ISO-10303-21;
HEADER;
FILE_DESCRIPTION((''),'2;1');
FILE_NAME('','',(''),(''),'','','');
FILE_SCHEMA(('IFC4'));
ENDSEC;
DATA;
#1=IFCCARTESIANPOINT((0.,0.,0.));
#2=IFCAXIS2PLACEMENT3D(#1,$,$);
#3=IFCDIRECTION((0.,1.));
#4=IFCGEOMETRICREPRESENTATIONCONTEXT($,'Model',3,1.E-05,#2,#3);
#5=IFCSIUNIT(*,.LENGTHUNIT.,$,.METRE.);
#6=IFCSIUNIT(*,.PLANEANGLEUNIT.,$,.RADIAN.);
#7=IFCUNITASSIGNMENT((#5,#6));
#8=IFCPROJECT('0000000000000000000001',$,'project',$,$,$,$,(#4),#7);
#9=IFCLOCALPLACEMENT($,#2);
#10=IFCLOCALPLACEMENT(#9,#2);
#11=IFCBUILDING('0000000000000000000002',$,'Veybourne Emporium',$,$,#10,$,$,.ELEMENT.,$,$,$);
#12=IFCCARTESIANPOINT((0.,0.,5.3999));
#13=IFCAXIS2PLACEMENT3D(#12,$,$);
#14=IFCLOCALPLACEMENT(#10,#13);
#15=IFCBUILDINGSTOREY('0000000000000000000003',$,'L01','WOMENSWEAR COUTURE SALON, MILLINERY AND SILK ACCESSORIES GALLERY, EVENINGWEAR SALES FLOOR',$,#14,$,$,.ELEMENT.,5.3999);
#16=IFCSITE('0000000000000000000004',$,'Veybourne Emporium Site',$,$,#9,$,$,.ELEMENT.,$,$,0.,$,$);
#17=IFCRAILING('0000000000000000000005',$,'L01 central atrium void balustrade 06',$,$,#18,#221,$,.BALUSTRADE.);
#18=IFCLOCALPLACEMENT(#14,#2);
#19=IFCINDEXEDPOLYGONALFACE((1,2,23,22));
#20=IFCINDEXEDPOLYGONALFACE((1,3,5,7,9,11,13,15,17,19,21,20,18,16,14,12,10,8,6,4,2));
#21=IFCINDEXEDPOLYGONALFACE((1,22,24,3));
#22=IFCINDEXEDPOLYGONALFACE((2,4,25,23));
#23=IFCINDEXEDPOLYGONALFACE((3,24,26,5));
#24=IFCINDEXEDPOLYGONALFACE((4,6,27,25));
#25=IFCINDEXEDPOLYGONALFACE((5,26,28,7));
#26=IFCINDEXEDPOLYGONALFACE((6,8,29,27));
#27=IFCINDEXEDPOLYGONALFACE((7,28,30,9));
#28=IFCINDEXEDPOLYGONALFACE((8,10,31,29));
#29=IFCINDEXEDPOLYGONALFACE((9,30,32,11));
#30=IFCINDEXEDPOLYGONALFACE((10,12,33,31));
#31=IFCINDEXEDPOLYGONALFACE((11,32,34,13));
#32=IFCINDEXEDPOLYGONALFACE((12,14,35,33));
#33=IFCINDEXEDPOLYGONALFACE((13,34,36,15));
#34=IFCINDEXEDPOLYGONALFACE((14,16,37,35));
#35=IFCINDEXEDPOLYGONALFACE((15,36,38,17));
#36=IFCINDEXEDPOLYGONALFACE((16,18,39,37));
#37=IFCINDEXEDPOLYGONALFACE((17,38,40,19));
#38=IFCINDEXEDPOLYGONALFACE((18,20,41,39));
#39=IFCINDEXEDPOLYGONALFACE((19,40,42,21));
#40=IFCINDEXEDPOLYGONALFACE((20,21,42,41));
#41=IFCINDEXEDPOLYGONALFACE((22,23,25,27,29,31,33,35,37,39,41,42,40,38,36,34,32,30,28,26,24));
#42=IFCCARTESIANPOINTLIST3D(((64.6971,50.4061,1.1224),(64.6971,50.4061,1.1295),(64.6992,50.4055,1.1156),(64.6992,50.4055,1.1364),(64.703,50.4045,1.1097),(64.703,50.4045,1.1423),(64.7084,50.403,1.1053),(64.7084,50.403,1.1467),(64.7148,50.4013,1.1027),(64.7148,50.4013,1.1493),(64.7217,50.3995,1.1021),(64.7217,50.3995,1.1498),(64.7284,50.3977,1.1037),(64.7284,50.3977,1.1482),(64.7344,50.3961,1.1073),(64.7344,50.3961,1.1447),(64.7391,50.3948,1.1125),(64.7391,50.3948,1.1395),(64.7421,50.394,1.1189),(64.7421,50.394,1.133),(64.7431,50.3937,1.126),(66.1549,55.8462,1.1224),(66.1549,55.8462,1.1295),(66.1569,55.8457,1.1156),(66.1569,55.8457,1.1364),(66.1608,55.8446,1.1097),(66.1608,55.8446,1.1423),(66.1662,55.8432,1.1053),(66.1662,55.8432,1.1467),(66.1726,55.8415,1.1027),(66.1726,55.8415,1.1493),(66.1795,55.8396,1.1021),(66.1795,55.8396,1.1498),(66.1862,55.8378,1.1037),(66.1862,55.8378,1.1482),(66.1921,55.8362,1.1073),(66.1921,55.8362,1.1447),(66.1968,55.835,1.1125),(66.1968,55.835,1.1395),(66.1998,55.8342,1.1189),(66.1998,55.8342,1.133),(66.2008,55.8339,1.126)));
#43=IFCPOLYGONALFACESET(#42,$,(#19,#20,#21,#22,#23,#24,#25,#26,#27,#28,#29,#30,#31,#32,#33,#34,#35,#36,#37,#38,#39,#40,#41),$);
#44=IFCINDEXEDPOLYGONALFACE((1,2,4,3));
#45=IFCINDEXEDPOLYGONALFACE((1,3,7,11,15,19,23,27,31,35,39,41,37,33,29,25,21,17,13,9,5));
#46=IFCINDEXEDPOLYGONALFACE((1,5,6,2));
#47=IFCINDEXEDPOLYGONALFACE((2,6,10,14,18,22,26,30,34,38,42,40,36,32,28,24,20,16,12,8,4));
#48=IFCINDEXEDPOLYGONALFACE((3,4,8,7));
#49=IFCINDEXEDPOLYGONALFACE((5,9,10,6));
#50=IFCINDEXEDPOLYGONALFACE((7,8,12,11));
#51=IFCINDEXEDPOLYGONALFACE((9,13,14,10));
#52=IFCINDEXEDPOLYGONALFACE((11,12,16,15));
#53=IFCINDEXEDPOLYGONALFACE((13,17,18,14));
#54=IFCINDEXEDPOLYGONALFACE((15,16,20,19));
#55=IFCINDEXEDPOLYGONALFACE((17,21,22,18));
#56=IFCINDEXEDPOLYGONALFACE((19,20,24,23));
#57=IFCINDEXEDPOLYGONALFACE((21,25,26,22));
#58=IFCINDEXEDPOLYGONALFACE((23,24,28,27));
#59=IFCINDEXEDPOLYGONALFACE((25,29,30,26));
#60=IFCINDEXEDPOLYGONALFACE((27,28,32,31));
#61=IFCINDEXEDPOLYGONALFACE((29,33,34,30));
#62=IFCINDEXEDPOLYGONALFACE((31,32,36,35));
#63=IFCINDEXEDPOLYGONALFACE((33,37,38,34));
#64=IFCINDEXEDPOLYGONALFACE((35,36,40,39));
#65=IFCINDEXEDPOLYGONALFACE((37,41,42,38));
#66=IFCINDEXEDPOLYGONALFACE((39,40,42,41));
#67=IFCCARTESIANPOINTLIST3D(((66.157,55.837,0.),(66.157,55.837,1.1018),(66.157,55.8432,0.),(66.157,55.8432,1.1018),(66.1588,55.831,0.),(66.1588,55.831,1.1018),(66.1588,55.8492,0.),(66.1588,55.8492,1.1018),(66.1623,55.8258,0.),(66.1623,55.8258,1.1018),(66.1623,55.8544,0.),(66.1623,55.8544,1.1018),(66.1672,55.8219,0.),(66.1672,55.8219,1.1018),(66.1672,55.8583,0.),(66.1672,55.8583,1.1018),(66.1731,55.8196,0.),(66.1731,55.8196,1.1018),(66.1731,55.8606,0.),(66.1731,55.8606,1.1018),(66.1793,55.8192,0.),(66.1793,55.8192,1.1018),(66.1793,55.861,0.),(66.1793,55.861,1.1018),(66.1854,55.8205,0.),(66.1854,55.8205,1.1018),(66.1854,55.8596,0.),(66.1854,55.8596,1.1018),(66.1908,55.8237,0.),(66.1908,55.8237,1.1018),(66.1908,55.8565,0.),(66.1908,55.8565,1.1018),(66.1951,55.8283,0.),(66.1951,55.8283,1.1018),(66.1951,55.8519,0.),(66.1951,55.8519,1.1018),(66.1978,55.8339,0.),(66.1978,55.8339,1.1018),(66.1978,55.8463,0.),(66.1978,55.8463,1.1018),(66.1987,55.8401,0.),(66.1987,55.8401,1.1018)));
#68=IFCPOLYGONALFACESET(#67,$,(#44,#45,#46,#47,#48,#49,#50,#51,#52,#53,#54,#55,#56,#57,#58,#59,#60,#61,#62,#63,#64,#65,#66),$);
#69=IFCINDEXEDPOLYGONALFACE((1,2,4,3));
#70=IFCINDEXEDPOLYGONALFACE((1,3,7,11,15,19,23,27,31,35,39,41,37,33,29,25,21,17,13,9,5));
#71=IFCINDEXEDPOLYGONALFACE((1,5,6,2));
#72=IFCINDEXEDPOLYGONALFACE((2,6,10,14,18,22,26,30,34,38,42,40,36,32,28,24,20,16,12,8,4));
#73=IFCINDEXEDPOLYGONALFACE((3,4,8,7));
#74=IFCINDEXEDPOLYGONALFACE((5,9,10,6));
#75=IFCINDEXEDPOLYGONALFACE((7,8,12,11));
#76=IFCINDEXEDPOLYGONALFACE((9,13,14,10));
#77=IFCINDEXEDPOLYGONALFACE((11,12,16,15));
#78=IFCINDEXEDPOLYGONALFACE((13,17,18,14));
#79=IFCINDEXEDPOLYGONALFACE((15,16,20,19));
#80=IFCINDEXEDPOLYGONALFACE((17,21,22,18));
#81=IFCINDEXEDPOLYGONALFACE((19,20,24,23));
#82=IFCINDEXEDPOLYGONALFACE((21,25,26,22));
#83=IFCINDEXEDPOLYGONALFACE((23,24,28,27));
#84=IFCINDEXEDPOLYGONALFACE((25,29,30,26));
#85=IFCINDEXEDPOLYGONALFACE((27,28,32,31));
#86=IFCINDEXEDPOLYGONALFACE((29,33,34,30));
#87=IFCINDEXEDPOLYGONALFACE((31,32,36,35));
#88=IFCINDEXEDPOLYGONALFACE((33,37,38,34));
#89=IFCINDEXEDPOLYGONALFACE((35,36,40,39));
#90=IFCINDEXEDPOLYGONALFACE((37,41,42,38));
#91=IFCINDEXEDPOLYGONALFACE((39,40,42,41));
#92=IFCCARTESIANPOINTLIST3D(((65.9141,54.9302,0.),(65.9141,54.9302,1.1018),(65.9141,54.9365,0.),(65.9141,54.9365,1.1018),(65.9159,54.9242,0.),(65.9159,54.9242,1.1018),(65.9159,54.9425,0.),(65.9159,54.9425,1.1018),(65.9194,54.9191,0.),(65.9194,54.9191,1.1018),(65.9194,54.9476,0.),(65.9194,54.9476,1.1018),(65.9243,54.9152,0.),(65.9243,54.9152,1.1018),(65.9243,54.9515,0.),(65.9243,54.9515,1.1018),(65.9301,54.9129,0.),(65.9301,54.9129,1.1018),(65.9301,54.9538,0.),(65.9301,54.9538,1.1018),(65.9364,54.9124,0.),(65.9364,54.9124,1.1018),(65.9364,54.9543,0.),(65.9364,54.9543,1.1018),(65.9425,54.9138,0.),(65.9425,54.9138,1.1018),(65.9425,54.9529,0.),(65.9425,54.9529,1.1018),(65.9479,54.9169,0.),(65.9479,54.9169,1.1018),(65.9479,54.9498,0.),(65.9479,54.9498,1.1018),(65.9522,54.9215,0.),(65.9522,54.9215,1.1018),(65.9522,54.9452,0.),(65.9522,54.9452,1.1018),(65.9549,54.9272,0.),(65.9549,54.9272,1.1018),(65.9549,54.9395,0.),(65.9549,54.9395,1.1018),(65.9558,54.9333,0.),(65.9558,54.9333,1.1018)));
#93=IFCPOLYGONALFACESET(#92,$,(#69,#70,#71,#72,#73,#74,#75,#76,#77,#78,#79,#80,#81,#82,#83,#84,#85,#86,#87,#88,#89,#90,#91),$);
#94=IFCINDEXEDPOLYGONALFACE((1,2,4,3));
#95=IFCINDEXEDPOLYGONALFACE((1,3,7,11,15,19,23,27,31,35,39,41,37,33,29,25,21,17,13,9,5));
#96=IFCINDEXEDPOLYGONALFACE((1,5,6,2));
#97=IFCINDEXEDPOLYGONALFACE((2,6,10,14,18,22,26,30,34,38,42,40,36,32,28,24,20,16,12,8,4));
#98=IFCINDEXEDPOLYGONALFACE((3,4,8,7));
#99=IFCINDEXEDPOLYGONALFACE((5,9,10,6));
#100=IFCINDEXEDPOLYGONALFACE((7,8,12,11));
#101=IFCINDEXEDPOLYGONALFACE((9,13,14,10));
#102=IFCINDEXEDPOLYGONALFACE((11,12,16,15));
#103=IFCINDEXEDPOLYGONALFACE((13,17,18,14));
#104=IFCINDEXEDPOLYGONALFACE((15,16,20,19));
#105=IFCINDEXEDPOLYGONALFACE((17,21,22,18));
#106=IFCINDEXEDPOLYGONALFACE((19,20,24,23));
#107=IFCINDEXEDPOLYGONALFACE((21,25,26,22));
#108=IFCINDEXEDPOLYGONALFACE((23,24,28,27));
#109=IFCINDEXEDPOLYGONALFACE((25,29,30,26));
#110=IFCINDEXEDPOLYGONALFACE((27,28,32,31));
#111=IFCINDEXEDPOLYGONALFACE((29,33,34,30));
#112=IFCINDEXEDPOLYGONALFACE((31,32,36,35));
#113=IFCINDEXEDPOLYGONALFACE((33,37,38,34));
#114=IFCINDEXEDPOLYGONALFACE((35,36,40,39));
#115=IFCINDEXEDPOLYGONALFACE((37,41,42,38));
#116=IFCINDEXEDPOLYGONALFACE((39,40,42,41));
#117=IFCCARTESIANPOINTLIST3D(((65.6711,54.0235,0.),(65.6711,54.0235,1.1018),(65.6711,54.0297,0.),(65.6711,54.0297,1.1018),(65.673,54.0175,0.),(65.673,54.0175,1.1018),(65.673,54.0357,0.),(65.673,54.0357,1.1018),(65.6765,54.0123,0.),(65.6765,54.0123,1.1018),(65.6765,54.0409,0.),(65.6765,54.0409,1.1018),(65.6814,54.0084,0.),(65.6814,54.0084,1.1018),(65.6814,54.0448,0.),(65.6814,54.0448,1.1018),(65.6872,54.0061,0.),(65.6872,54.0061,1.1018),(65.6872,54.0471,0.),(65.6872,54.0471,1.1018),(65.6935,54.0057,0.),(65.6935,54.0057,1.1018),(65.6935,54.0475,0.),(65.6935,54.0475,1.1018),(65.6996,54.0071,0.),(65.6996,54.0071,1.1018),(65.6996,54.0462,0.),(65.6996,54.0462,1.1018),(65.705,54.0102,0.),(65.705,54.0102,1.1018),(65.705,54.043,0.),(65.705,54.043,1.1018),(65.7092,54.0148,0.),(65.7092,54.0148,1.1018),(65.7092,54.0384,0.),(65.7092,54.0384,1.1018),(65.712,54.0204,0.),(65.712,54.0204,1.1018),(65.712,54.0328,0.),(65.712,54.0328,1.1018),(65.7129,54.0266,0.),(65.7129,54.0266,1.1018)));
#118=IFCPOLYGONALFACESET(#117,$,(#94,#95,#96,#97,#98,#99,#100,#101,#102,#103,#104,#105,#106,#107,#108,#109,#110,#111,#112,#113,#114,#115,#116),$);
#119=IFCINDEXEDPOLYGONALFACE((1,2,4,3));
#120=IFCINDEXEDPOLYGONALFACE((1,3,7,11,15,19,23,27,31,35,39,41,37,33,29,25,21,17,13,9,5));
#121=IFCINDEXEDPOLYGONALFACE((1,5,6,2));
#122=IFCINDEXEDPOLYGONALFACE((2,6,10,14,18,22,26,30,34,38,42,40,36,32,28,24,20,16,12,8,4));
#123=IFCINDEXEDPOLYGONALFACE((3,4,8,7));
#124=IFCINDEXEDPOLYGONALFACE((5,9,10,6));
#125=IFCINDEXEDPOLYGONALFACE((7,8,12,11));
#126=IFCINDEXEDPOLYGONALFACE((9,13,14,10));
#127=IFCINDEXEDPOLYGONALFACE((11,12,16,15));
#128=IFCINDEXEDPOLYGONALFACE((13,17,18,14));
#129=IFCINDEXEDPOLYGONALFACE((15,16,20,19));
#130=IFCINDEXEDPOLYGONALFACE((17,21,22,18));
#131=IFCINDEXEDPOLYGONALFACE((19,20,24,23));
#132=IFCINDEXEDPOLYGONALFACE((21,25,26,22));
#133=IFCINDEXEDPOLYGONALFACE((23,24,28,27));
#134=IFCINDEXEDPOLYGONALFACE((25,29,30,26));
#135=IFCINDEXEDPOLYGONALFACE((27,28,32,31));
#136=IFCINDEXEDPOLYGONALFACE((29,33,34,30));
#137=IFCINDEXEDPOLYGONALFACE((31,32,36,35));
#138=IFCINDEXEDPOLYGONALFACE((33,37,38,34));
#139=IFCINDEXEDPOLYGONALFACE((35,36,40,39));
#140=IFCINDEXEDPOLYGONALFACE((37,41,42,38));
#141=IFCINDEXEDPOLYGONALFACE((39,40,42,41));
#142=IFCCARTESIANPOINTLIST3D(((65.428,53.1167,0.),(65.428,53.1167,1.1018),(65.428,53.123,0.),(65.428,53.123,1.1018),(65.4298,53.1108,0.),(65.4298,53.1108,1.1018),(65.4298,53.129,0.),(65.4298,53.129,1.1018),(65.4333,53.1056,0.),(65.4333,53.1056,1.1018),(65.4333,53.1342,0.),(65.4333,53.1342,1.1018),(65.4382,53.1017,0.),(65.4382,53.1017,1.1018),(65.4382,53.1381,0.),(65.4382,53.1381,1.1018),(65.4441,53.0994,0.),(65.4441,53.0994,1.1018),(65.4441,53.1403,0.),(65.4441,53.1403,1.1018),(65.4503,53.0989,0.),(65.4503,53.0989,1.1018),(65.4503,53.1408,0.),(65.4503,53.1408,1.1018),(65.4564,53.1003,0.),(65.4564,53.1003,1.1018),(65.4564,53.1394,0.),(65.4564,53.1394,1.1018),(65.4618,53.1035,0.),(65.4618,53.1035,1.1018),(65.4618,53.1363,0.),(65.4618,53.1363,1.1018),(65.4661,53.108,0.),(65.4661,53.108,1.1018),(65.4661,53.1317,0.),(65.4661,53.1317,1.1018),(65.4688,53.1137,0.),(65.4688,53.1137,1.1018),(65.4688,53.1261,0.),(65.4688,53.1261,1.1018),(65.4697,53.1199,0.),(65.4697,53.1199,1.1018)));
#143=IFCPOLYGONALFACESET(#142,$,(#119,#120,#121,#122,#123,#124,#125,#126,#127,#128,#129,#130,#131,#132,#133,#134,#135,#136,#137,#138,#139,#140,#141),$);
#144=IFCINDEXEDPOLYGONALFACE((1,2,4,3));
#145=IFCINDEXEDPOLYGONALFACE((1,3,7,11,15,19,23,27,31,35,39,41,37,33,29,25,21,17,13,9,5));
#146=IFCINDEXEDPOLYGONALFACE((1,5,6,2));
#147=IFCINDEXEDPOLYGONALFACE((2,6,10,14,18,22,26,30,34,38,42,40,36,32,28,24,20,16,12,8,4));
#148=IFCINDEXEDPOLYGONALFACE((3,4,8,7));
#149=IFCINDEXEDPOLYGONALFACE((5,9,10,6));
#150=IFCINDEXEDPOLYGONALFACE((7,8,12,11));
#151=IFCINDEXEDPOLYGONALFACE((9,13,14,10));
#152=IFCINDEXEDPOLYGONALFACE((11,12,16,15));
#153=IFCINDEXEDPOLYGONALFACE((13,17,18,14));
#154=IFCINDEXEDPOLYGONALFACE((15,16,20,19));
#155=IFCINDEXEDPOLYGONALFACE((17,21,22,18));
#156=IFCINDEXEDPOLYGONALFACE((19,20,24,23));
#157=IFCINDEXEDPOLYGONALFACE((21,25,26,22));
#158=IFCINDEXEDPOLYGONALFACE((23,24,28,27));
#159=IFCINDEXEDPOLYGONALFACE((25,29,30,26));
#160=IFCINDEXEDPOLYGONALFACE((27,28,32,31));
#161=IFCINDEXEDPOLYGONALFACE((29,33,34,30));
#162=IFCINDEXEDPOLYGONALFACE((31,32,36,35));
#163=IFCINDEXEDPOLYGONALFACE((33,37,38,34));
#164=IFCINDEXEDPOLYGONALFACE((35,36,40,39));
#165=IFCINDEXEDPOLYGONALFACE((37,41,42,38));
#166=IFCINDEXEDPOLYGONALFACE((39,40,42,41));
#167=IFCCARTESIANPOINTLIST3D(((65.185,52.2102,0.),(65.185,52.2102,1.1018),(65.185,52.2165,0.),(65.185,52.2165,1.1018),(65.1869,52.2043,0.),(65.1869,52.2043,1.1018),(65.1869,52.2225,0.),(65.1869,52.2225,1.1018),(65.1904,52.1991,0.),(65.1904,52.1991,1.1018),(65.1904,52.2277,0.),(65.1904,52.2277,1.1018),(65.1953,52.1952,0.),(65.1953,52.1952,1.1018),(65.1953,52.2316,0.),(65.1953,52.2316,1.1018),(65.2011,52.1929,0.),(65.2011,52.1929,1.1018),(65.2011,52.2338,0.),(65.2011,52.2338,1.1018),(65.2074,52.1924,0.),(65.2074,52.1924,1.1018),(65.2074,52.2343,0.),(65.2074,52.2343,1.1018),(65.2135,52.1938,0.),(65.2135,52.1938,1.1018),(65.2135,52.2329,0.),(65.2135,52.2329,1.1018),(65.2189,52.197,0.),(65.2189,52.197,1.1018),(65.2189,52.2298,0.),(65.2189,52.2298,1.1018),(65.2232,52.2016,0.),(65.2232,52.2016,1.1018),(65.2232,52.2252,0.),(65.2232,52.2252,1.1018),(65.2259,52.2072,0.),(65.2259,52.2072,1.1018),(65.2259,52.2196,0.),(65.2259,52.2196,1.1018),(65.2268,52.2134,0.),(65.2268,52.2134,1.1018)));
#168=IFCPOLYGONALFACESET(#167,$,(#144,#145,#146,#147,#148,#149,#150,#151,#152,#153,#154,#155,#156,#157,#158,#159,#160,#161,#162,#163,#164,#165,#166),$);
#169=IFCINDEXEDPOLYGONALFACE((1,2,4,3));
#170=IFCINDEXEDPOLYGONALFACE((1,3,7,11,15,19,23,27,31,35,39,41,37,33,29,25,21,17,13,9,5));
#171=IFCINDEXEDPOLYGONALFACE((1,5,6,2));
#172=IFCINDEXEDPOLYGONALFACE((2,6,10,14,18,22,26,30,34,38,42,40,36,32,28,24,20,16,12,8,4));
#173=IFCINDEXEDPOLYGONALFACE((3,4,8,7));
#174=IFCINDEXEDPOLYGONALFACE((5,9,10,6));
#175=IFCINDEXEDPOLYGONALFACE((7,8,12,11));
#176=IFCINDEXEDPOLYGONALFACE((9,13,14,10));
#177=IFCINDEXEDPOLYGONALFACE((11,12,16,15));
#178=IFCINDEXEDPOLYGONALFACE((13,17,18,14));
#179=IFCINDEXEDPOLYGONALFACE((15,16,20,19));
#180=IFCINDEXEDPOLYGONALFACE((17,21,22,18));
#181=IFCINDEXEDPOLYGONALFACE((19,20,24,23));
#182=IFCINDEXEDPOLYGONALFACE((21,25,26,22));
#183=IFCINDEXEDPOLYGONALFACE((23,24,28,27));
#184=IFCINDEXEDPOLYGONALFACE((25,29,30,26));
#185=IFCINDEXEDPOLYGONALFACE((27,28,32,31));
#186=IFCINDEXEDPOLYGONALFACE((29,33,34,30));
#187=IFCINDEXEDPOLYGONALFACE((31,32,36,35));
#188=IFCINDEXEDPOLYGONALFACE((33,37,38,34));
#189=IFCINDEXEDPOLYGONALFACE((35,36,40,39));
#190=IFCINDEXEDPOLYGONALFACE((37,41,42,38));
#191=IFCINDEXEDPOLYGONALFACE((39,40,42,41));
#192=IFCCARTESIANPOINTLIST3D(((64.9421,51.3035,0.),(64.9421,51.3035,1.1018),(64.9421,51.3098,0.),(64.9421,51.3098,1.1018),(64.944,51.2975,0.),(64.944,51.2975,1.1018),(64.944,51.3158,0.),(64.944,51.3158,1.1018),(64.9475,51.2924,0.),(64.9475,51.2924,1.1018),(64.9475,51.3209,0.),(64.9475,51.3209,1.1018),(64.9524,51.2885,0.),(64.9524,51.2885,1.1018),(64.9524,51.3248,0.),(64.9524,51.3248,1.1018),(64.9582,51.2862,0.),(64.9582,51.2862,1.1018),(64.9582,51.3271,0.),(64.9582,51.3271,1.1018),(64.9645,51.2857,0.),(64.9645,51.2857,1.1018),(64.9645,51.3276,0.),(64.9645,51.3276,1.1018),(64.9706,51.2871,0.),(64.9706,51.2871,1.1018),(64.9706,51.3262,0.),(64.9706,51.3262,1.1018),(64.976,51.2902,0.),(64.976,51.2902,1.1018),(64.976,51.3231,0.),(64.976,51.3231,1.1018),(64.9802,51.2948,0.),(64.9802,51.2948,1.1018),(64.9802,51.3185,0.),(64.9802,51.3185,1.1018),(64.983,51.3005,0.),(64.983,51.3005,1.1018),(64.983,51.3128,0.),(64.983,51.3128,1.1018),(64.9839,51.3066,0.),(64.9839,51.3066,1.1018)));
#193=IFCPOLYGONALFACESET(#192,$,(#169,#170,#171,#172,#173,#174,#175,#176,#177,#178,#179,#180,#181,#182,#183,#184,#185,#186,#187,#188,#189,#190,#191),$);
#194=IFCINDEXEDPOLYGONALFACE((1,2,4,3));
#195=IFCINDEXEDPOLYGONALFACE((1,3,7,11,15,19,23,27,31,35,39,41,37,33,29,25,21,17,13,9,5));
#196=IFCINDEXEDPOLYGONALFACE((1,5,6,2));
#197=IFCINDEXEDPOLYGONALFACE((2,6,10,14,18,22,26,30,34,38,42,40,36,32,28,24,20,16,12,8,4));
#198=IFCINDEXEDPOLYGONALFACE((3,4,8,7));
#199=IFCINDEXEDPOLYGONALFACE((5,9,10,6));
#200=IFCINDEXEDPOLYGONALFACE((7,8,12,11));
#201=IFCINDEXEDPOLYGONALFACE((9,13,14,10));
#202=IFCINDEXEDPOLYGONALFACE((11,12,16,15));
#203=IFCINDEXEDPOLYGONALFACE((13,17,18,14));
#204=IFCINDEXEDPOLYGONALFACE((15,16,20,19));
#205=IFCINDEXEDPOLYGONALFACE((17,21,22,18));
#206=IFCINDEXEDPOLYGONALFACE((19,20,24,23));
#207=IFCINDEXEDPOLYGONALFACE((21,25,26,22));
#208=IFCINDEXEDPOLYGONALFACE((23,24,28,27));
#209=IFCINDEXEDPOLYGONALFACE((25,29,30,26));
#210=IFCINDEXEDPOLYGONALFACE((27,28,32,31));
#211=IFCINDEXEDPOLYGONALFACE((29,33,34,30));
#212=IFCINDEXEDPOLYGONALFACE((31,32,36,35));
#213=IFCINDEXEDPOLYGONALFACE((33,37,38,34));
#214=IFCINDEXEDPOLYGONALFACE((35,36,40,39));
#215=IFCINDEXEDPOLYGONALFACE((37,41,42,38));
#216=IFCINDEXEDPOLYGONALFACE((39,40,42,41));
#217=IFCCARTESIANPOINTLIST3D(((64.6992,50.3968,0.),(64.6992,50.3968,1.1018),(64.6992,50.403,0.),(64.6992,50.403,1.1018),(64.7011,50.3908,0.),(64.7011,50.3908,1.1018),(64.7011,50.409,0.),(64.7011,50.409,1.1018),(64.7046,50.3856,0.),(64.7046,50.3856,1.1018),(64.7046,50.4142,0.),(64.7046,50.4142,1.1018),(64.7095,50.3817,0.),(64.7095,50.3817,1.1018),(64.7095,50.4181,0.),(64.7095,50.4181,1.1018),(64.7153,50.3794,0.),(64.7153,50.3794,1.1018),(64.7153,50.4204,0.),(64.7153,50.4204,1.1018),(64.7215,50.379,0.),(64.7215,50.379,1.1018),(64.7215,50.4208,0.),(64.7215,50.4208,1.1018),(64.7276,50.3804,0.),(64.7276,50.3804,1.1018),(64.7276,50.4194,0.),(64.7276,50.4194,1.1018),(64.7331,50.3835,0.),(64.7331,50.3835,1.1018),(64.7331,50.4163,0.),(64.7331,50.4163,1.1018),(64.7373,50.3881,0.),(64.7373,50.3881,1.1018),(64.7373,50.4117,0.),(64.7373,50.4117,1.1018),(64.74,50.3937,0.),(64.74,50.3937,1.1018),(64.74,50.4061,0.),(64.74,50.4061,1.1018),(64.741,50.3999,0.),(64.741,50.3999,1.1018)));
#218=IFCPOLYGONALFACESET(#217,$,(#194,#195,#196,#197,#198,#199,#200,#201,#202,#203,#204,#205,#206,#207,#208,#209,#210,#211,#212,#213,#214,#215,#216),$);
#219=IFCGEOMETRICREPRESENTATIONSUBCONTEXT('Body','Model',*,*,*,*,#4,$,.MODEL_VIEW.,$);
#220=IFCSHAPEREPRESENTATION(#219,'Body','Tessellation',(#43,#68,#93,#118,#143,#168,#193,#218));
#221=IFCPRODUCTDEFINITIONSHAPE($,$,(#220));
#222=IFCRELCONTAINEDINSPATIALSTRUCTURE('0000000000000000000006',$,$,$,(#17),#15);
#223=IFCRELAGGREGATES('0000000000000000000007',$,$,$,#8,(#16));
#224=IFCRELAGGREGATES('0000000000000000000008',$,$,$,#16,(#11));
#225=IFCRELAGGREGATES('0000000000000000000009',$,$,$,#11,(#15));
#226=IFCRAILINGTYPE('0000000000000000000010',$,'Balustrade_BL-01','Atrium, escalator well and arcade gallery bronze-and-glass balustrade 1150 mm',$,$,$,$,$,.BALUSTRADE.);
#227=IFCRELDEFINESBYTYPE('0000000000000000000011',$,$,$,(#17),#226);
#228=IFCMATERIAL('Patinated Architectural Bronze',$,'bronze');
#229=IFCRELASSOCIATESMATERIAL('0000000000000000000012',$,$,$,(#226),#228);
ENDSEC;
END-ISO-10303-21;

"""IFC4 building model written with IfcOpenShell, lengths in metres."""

from ifc_helpers import new_model, si_unit, direction, frame, origin, origin_2d, place, context, subcontext, project, spatial, circle, extrude, material, type_object, element, save


model = new_model("IFC4")

# Units and contexts
model_context = context("Model", 3, precision=1e-05, world=origin(), true_north=direction((0.0, 1.0)))
body_context = subcontext(model_context, "Body", "Model", "MODEL_VIEW")
ifc_project = project(units=[si_unit("LENGTHUNIT", "METRE"), si_unit("PLANEANGLEUNIT", "RADIAN")], contexts=[model_context])

# Site, building, storey
site_placement = place(None, origin())
site = spatial("IfcSite", under=ifc_project, at=site_placement, Name="Veybourne Emporium Site", CompositionType="ELEMENT", RefElevation=0.0)
building_placement = place(site_placement, origin())
building = spatial("IfcBuilding", under=site, at=building_placement, Name="Veybourne Emporium", CompositionType="ELEMENT")
storey_placement = place(building_placement, frame((0.0, 0.0, 5.3999)))
storey = spatial("IfcBuildingStorey", under=building, at=storey_placement, Name="L01", Description="WOMENSWEAR COUTURE SALON, MILLINERY AND SILK ACCESSORIES GALLERY, EVENINGWEAR SALES FLOOR", CompositionType="ELEMENT", Elevation=5.3999)

# Railing
ifc_material_1 = material(Name="Patinated Architectural Bronze", Category="bronze")
railing_type = type_object("IfcRailingType", Name="Balustrade_BL-01", Description="Atrium, escalator well and arcade gallery bronze-and-glass balustrade 1150 mm", PredefinedType="BALUSTRADE", material=ifc_material_1)
railing_1_placement = place(storey_placement, frame((66.1777, 55.8401, 0.0)))
element("IfcRailing", 1, at=railing_1_placement, inside=storey, type_object=railing_type, Name="L01 central atrium void balustrade 06", PredefinedType="BALUSTRADE", context=body_context, shape_type="SweptSolid", body=[
    extrude(circle(Radius=0.0239, at=origin_2d()), frame((0.0, 0.0, 1.126), z_axis=(-0.258831, -0.965923, 0.0), x_axis=(0.965923, -0.258831, 0.0)), (0.0, 0.0, 1.0), 5.6321),
    extrude(circle(Radius=0.021, at=origin_2d()), origin(), (0.0, 0.0, 1.0), 1.1018),
    extrude(circle(Radius=0.021, at=origin_2d()), frame((-0.2429, -0.9067, 0.0)), (0.0, 0.0, 1.0), 1.1018),
    extrude(circle(Radius=0.021, at=origin_2d()), frame((-0.4858, -1.8135, 0.0)), (0.0, 0.0, 1.0), 1.1018),
    extrude(circle(Radius=0.021, at=origin_2d()), frame((-0.729, -2.7202, 0.0)), (0.0, 0.0, 1.0), 1.1018),
    extrude(circle(Radius=0.021, at=origin_2d()), frame((-0.9719, -3.6267, 0.0)), (0.0, 0.0, 1.0), 1.1018),
    extrude(circle(Radius=0.021, at=origin_2d()), frame((-1.2148, -4.5334, 0.0)), (0.0, 0.0, 1.0), 1.1018),
    extrude(circle(Radius=0.021, at=origin_2d()), frame((-1.4578, -5.4402, 0.0)), (0.0, 0.0, 1.0), 1.1018),
])

save(model, "model.ifc")
